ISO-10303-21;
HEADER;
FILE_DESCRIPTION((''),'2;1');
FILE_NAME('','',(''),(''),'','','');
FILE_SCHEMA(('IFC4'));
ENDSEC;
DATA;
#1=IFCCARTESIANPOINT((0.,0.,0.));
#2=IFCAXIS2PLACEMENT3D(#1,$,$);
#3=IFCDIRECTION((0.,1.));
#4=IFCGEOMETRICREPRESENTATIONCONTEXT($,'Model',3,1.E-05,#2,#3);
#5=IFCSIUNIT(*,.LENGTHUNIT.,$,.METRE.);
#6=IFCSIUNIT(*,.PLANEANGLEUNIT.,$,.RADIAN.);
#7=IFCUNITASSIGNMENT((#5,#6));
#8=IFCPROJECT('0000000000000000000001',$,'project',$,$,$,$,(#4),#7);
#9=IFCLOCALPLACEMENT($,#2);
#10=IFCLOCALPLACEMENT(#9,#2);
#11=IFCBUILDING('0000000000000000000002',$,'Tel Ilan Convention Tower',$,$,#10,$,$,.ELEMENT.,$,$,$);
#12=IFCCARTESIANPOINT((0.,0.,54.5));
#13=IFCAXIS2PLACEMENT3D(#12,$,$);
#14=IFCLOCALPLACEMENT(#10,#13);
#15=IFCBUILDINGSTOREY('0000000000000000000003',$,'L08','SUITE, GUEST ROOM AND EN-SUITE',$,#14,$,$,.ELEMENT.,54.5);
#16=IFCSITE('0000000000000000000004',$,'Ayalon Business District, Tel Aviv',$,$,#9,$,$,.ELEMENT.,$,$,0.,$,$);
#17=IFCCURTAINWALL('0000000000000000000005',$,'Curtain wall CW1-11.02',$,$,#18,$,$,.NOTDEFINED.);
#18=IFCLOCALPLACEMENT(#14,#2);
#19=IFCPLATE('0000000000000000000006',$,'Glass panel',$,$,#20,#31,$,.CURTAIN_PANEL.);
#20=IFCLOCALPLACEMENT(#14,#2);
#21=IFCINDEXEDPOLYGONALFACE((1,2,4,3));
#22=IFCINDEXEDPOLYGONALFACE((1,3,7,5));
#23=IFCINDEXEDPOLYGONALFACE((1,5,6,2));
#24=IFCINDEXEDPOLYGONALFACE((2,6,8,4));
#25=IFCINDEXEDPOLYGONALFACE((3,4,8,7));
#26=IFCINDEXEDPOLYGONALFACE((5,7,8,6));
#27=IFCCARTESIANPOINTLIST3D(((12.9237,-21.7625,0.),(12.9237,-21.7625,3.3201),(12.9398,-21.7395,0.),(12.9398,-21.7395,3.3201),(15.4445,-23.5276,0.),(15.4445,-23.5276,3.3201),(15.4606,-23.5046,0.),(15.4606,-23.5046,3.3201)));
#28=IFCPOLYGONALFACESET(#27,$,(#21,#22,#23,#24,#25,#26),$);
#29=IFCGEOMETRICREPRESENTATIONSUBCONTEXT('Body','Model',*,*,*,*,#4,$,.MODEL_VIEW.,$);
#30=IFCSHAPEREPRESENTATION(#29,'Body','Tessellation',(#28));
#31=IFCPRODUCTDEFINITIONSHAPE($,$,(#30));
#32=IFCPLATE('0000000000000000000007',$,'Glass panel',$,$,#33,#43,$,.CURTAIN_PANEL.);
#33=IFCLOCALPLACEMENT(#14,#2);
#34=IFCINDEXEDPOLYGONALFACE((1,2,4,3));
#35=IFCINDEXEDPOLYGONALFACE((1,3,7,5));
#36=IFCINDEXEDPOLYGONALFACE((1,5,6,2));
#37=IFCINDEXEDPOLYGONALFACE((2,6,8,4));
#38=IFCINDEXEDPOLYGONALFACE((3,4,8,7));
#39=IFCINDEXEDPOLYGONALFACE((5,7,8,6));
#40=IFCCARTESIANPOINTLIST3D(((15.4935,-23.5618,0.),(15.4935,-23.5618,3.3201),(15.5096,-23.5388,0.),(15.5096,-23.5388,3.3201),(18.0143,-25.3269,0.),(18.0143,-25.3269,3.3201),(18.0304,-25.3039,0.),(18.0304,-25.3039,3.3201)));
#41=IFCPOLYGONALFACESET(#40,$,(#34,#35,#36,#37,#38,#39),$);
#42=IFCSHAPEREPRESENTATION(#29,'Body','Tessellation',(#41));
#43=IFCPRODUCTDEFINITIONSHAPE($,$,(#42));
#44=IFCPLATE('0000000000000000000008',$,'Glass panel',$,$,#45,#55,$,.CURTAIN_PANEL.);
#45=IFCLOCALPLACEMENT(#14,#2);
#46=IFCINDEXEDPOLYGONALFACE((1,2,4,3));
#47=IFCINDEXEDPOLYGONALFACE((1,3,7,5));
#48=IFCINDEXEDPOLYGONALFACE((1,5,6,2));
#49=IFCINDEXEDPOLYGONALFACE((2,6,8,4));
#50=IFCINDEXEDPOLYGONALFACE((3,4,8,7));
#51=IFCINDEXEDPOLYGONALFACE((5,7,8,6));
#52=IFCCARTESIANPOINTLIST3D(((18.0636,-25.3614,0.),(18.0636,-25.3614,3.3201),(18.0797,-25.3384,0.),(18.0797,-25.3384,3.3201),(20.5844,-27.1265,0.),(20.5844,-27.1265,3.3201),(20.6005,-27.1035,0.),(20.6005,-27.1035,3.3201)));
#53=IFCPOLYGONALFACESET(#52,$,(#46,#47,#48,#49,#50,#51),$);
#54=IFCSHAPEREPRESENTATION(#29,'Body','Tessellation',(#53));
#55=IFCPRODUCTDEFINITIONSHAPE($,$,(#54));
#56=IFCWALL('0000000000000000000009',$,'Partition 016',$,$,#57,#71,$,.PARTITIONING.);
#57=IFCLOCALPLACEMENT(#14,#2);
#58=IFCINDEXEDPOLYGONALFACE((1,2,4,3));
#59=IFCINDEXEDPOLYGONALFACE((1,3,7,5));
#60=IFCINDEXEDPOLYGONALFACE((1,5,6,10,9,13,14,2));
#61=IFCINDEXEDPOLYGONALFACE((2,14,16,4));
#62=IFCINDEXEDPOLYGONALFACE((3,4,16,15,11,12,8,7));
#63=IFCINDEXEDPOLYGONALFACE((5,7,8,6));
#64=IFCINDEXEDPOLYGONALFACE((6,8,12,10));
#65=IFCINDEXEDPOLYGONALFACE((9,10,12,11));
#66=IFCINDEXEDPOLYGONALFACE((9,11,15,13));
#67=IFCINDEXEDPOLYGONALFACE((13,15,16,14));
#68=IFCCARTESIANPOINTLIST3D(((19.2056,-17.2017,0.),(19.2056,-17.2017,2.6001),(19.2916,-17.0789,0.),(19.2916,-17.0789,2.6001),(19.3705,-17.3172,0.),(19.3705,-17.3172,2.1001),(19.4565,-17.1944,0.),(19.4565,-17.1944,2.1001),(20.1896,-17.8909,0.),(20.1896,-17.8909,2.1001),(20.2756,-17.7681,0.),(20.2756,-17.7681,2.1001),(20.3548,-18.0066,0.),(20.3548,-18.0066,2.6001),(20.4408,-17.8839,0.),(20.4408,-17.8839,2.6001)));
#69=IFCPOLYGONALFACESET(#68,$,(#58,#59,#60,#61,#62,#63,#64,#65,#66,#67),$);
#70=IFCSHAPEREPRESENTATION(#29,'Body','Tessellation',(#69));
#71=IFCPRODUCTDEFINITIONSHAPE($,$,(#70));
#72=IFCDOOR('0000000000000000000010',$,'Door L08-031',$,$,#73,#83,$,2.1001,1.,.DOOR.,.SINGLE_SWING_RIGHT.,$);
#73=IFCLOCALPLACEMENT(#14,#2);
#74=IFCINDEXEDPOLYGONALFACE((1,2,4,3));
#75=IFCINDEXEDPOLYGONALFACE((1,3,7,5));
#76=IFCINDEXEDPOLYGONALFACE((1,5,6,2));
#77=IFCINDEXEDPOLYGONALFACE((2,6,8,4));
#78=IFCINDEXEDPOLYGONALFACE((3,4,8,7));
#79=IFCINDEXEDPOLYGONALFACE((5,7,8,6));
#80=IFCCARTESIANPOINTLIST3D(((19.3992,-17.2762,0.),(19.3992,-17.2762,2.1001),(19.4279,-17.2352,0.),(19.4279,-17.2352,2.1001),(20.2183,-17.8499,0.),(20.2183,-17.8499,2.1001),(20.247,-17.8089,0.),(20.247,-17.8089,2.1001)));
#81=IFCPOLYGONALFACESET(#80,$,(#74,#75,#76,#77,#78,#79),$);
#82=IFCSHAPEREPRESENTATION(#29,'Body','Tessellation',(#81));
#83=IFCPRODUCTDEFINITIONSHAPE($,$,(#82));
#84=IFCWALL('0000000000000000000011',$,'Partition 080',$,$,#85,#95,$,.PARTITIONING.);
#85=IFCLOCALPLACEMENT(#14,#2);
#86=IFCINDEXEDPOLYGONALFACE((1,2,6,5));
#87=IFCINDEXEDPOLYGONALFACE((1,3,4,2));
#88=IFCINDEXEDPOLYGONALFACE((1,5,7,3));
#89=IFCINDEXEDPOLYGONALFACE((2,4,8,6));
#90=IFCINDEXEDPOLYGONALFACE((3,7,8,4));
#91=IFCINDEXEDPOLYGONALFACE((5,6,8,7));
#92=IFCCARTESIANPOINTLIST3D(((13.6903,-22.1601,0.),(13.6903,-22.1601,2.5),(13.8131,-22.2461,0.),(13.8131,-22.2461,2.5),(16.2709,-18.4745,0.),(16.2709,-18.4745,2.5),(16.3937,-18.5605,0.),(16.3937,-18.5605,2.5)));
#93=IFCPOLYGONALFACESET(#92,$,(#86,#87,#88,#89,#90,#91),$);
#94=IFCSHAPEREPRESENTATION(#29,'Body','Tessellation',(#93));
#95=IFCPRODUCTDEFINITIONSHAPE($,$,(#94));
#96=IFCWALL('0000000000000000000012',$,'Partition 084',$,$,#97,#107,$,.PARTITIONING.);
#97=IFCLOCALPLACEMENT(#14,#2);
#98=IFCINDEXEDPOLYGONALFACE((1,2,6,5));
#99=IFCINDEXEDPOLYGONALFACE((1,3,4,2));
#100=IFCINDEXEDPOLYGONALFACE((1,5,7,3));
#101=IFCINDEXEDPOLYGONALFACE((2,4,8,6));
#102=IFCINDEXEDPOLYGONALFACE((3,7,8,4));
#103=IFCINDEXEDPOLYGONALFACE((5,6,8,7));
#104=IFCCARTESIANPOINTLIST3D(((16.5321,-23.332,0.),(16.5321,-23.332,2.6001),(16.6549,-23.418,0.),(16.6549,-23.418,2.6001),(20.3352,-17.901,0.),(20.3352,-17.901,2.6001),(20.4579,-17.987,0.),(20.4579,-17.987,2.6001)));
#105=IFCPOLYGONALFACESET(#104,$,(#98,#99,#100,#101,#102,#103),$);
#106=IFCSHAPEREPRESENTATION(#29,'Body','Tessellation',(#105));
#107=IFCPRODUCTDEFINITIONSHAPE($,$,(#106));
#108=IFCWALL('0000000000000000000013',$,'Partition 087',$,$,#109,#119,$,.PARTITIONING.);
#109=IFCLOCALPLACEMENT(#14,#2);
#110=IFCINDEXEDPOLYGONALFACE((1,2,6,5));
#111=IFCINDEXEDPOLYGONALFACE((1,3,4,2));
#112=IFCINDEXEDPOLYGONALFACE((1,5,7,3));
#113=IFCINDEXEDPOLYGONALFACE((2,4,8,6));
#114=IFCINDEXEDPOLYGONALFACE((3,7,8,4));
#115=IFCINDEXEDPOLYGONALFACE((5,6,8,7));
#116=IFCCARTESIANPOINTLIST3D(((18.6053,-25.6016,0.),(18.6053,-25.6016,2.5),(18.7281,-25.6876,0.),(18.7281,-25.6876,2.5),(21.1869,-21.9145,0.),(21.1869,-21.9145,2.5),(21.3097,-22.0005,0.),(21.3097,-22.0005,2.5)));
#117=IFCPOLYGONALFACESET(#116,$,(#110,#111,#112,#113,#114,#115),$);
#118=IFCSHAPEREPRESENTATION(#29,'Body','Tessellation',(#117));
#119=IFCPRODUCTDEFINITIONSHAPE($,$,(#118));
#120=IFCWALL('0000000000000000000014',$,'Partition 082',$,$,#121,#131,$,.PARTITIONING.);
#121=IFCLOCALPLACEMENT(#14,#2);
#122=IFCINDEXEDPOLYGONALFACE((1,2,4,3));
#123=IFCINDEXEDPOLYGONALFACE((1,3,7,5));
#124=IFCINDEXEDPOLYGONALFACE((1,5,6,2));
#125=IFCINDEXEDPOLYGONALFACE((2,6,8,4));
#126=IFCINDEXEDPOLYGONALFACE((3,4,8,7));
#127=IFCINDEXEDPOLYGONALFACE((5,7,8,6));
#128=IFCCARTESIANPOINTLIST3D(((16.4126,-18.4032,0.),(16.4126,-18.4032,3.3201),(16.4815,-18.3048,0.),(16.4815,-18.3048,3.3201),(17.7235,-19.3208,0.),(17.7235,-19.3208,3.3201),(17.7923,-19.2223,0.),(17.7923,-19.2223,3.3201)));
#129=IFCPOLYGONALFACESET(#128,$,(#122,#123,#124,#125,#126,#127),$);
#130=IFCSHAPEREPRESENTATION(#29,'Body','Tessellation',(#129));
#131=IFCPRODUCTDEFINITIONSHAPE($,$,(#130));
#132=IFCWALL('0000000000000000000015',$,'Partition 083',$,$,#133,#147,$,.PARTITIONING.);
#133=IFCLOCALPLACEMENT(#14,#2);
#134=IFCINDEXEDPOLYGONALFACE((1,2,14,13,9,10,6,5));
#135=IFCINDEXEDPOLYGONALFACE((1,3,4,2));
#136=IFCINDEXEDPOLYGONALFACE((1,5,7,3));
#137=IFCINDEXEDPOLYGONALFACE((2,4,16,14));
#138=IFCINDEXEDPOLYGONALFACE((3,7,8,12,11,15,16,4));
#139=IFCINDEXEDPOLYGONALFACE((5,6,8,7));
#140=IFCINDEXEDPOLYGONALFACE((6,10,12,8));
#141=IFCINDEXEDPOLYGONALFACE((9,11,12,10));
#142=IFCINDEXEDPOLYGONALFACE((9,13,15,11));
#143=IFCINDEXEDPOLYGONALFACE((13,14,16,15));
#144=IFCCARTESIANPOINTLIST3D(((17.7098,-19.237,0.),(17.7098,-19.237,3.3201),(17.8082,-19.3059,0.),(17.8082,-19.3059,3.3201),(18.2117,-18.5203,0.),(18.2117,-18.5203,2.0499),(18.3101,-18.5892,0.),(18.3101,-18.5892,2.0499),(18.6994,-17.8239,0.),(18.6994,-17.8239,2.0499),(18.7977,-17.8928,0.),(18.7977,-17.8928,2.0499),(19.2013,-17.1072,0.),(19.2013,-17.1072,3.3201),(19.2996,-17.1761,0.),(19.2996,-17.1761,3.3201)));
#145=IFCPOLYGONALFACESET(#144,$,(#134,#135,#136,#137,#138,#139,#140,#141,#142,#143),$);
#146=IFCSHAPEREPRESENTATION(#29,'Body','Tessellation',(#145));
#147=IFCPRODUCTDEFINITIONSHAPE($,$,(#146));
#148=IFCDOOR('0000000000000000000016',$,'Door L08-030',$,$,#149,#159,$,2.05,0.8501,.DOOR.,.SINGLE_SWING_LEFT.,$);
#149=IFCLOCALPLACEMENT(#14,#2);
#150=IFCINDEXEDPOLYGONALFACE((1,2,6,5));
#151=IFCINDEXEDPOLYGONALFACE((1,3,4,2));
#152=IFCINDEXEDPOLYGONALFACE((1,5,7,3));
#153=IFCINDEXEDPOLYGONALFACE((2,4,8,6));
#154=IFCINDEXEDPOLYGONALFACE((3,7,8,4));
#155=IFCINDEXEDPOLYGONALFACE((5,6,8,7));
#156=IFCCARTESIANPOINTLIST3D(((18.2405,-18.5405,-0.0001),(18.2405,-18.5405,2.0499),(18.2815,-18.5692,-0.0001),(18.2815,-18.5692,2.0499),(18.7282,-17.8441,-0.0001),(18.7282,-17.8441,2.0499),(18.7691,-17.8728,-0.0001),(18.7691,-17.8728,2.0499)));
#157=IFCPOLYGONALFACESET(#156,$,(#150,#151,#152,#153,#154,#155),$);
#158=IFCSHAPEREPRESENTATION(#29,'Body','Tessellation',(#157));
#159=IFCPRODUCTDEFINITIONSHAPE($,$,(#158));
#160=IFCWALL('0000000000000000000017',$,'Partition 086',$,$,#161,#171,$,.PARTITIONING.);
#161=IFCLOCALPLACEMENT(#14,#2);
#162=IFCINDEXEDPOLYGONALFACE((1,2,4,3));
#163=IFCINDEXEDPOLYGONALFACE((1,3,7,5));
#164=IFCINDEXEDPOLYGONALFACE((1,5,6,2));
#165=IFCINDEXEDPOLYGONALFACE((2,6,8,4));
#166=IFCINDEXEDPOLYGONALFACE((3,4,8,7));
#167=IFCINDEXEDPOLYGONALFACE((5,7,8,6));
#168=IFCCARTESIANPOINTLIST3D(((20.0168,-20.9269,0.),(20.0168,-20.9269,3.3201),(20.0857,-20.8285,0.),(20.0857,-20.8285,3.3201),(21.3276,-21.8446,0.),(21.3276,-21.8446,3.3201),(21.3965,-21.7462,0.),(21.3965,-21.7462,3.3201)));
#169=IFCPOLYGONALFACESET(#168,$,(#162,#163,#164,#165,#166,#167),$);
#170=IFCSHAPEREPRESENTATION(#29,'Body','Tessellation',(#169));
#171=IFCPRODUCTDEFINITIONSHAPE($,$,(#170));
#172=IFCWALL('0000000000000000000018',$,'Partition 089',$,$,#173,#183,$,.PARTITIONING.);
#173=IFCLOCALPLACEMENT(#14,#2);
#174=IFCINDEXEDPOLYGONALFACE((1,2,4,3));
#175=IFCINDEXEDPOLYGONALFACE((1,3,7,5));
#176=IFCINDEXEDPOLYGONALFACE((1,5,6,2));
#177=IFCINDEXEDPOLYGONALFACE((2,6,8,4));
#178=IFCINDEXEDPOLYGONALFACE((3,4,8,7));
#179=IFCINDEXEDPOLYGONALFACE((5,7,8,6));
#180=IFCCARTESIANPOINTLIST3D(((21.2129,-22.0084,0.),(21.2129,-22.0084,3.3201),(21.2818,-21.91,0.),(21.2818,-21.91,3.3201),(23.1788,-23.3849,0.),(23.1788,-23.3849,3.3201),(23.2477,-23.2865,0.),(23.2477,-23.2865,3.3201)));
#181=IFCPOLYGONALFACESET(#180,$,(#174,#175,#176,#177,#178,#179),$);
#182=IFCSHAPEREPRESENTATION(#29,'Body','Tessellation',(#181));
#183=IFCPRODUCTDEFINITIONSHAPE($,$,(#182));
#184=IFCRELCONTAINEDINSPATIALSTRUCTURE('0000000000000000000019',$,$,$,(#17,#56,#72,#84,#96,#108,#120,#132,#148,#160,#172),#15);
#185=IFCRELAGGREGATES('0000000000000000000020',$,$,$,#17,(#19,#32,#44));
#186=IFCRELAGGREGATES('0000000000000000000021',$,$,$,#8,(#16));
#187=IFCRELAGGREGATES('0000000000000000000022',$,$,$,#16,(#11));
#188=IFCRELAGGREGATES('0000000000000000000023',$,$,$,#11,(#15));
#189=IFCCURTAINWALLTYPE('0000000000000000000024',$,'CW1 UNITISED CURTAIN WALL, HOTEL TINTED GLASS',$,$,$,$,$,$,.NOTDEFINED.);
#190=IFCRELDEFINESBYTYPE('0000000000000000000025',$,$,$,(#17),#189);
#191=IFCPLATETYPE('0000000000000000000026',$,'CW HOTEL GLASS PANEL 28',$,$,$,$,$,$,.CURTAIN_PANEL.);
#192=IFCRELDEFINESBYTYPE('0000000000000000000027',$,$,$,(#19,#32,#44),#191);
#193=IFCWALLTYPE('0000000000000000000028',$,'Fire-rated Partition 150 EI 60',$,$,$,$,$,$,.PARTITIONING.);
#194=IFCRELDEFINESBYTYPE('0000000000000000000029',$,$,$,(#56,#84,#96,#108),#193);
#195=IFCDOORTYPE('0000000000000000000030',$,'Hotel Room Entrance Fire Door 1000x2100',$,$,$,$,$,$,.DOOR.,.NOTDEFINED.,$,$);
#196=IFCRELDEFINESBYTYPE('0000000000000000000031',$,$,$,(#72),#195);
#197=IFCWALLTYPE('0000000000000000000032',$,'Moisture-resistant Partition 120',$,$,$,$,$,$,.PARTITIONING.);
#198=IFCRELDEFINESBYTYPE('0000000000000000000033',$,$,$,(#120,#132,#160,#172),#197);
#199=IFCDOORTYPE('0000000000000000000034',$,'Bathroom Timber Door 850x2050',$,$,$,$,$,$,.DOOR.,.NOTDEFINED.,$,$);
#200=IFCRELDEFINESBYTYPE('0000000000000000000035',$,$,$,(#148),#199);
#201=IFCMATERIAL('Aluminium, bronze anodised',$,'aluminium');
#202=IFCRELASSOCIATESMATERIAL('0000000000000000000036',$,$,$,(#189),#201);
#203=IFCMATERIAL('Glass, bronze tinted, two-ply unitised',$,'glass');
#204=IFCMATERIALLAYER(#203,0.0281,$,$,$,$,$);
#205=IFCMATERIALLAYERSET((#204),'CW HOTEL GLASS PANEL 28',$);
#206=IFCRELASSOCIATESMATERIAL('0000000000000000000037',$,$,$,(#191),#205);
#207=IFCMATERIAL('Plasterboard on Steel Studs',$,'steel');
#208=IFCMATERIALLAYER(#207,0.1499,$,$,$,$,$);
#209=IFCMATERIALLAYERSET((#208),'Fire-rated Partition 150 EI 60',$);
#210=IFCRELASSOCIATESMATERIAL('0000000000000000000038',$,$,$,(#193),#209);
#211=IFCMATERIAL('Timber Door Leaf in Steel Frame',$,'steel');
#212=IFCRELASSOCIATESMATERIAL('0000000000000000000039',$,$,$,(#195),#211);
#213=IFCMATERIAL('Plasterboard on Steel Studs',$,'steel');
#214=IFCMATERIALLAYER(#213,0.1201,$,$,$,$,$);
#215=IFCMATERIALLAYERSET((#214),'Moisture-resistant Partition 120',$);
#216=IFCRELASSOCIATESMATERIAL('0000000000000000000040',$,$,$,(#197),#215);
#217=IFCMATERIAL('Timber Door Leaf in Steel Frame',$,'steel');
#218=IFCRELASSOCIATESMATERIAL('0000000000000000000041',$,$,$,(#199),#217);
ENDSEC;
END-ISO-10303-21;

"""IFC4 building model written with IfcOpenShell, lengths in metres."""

from ifc_helpers import new_model, si_unit, direction, frame, frame_2d, origin, origin_2d, place, context, subcontext, project, spatial, rectangle, extrude, material, layer, layer_set, type_object, element, fill, aggregate, save


model = new_model("IFC4")

# Units and contexts
model_context = context("Model", 3, precision=1e-05, world=origin(), true_north=direction((0.0, 1.0)))
body_context = subcontext(model_context, "Body", "Model", "MODEL_VIEW")
ifc_project = project(units=[si_unit("LENGTHUNIT", "METRE"), si_unit("PLANEANGLEUNIT", "RADIAN")], contexts=[model_context])

# Site, building, storey
site_placement = place(None, origin())
site = spatial("IfcSite", under=ifc_project, at=site_placement, Name="Ayalon Business District, Tel Aviv", CompositionType="ELEMENT", RefElevation=0.0)
building_placement = place(site_placement, origin())
building = spatial("IfcBuilding", under=site, at=building_placement, Name="Tel Ilan Convention Tower", CompositionType="ELEMENT")
storey_placement = place(building_placement, frame((0.0, 0.0, 54.5)))
storey = spatial("IfcBuildingStorey", under=building, at=storey_placement, Name="L08", Description="SUITE, GUEST ROOM AND EN-SUITE", CompositionType="ELEMENT", Elevation=54.5)

# Curtain wall, plates
ifc_material_1 = material(Name="Aluminium, bronze anodised", Category="aluminium")
curtain_wall_type = type_object("IfcCurtainWallType", Name="CW1 UNITISED CURTAIN WALL, HOTEL TINTED GLASS", PredefinedType="NOTDEFINED", material=ifc_material_1)
curtain_wall_placement = place(storey_placement, origin())
curtain_wall = element("IfcCurtainWall", 1, at=curtain_wall_placement, inside=storey, type_object=curtain_wall_type, Name="Curtain wall CW1-11.02", PredefinedType="NOTDEFINED")
ifc_material_2 = material(Name="Glass, bronze tinted, two-ply unitised", Category="glass")
ifc_layer_1 = layer(ifc_material_2, 0.0281)
ifc_layer_set_1 = layer_set([ifc_layer_1], Name="CW HOTEL GLASS PANEL 28")
plate_type = type_object("IfcPlateType", Name="CW HOTEL GLASS PANEL 28", PredefinedType="CURTAIN_PANEL", material=ifc_layer_set_1)
plate_1_placement = place(storey_placement, frame((14.1921, -22.6335, 0.0), z_axis=(0.0, 0.0, 1.0), x_axis=(0.819152, -0.573576, 0.0)))
plate_1 = element("IfcPlate", 2, at=plate_1_placement, type_object=plate_type, Name="Glass panel", PredefinedType="CURTAIN_PANEL", context=body_context, shape_type="SweptSolid", body=[
    extrude(rectangle(XDim=3.0774, YDim=0.0281, at=origin_2d()), origin(), (0.0, 0.0, 1.0), 3.3201),
])
plate_2_placement = place(storey_placement, frame((16.762, -24.4329, 0.0), z_axis=(0.0, 0.0, 1.0), x_axis=(0.819152, -0.573576, 0.0)))
plate_2 = element("IfcPlate", 3, at=plate_2_placement, type_object=plate_type, Name="Glass panel", PredefinedType="CURTAIN_PANEL", context=body_context, shape_type="SweptSolid", body=[
    extrude(rectangle(XDim=3.0774, YDim=0.0281, at=origin_2d()), origin(), (0.0, 0.0, 1.0), 3.3201),
])
plate_3_placement = place(storey_placement, frame((19.332, -26.2324, 0.0), z_axis=(0.0, 0.0, 1.0), x_axis=(0.819152, -0.573576, 0.0)))
plate_3 = element("IfcPlate", 4, at=plate_3_placement, type_object=plate_type, Name="Glass panel", PredefinedType="CURTAIN_PANEL", context=body_context, shape_type="SweptSolid", body=[
    extrude(rectangle(XDim=3.0774, YDim=0.0281, at=origin_2d()), origin(), (0.0, 0.0, 1.0), 3.3201),
])
aggregate(curtain_wall, [plate_1, plate_2, plate_3])

# Wall, opening, door
ifc_material_3 = material(Name="Plasterboard on Steel Studs", Category="steel")
ifc_layer_2 = layer(ifc_material_3, 0.1499)
ifc_layer_set_2 = layer_set([ifc_layer_2], Name="Fire-rated Partition 150 EI 60")
wall_type_1 = type_object("IfcWallType", Name="Fire-rated Partition 150 EI 60", PredefinedType="PARTITIONING", material=ifc_layer_set_2)
wall_1_placement = place(storey_placement, frame((20.3979, -17.9453, 0.0), z_axis=(0.0, 0.0, 1.0), x_axis=(-0.81906, 0.573708, 0.0)))
wall_1 = element("IfcWall", 5, at=wall_1_placement, inside=storey, type_object=wall_type_1, Name="Partition 016", PredefinedType="PARTITIONING", context=body_context, shape_type="SweptSolid", body=[
    extrude(rectangle(XDim=1.4031, YDim=0.1499, at=frame_2d((0.7017, 0.0))), origin(), (0.0, 0.0, 1.0), 2.6001),
])
opening_1_placement = place(wall_1_placement, frame((0.2019, 0.0, 0.0)))
opening_1 = element("IfcOpeningElement", 6, at=opening_1_placement, cuts=wall_1, PredefinedType="OPENING", context=body_context, shape_type="SweptSolid", body=[
    extrude(rectangle(XDim=1.0, YDim=2.1001, at=frame_2d((0.5, 1.05))), frame((0.0, 0.085, 0.0), z_axis=(0.0, -1.0, 0.0), x_axis=(1.0, 0.0, 0.0)), (0.0, 0.0, 1.0), 0.1699),
])
ifc_material_4 = material(Name="Timber Door Leaf in Steel Frame", Category="steel")
door_type_1 = type_object("IfcDoorType", Name="Hotel Room Entrance Fire Door 1000x2100", OperationType="NOTDEFINED", PredefinedType="DOOR", material=ifc_material_4)
door_1_placement = place(opening_1_placement, origin())
door_1 = element("IfcDoor", 7, at=door_1_placement, inside=storey, type_object=door_type_1, Name="Door L08-031", OperationType="SINGLE_SWING_RIGHT", OverallHeight=2.1001, OverallWidth=1.0, PredefinedType="DOOR", context=body_context, shape_type="SweptSolid", body=[
    extrude(rectangle(XDim=1.0, YDim=2.1001, at=frame_2d((0.5, 1.05))), frame((0.0, 0.0249, 0.0), z_axis=(0.0, -1.0, 0.0), x_axis=(1.0, 0.0, 0.0)), (0.0, 0.0, 1.0), 0.05),
])
fill(opening_1, door_1)

# Walls
wall_2_placement = place(storey_placement, frame((16.3323, -18.5176, 0.0), z_axis=(0.0, 0.0, 1.0), x_axis=(-0.573564, -0.819161, 0.0)))
element("IfcWall", 8, at=wall_2_placement, inside=storey, type_object=wall_type_1, Name="Partition 080", PredefinedType="PARTITIONING", context=body_context, shape_type="SweptSolid", body=[
    extrude(rectangle(XDim=4.4993, YDim=0.1499, at=frame_2d((2.2495, 0.0))), origin(), (0.0, 0.0, 1.0), 2.5),
])
wall_3_placement = place(storey_placement, frame((20.3965, -17.9441, 0.0), z_axis=(0.0, 0.0, 1.0), x_axis=(-0.573598, -0.819137, 0.0)))
element("IfcWall", 9, at=wall_3_placement, inside=storey, type_object=wall_type_1, Name="Partition 084", PredefinedType="PARTITIONING", context=body_context, shape_type="SweptSolid", body=[
    extrude(rectangle(XDim=6.6301, YDim=0.1499, at=frame_2d((3.3149, 0.0))), origin(), (0.0, 0.0, 1.0), 2.6001),
])
wall_4_placement = place(storey_placement, frame((21.2483, -21.9575, 0.0), z_axis=(0.0, 0.0, 1.0), x_axis=(-0.573557, -0.819166, 0.0)))
element("IfcWall", 10, at=wall_4_placement, inside=storey, type_object=wall_type_1, Name="Partition 087", PredefinedType="PARTITIONING", context=body_context, shape_type="SweptSolid", body=[
    extrude(rectangle(XDim=4.501, YDim=0.1499, at=frame_2d((2.2505, 0.0))), origin(), (0.0, 0.0, 1.0), 2.5),
])
ifc_material_5 = material(Name="Plasterboard on Steel Studs", Category="steel")
ifc_layer_3 = layer(ifc_material_5, 0.1201)
ifc_layer_set_3 = layer_set([ifc_layer_3], Name="Moisture-resistant Partition 120")
wall_type_2 = type_object("IfcWallType", Name="Moisture-resistant Partition 120", PredefinedType="PARTITIONING", material=ifc_layer_set_3)
wall_5_placement = place(storey_placement, frame((16.447, -18.354, 0.0), z_axis=(0.0, 0.0, 1.0), x_axis=(0.819253, -0.573432, 0.0)))
element("IfcWall", 11, at=wall_5_placement, inside=storey, type_object=wall_type_2, Name="Partition 082", PredefinedType="PARTITIONING", context=body_context, shape_type="SweptSolid", body=[
    extrude(rectangle(XDim=1.6001, YDim=0.1201, at=frame_2d((0.8, 0.0))), origin(), (0.0, 0.0, 1.0), 3.3201),
])

# Wall, opening, door
wall_6_placement = place(storey_placement, frame((17.759, -19.2715, 0.0), z_axis=(0.0, 0.0, 1.0), x_axis=(0.573601, 0.819135, 0.0)))
wall_6 = element("IfcWall", 12, at=wall_6_placement, inside=storey, type_object=wall_type_2, Name="Partition 083", PredefinedType="PARTITIONING", context=body_context, shape_type="SweptSolid", body=[
    extrude(rectangle(XDim=2.6001, YDim=0.1201, at=frame_2d((1.3, 0.0))), origin(), (0.0, 0.0, 1.0), 3.3201),
])
opening_2_placement = place(wall_6_placement, frame((0.875, 0.0, 0.0)))
opening_2 = element("IfcOpeningElement", 13, at=opening_2_placement, cuts=wall_6, PredefinedType="OPENING", context=body_context, shape_type="SweptSolid", body=[
    extrude(rectangle(XDim=0.8501, YDim=2.05, at=frame_2d((0.425, 1.0249))), frame((0.0, 0.0701, 0.0), z_axis=(0.0, -1.0, 0.0), x_axis=(1.0, 0.0, 0.0)), (0.0, 0.0, 1.0), 0.1401),
])
ifc_material_6 = material(Name="Timber Door Leaf in Steel Frame", Category="steel")
door_type_2 = type_object("IfcDoorType", Name="Bathroom Timber Door 850x2050", OperationType="NOTDEFINED", PredefinedType="DOOR", material=ifc_material_6)
door_2_placement = place(opening_2_placement, origin())
door_2 = element("IfcDoor", 14, at=door_2_placement, inside=storey, type_object=door_type_2, Name="Door L08-030", OperationType="SINGLE_SWING_LEFT", OverallHeight=2.05, OverallWidth=0.8501, PredefinedType="DOOR", context=body_context, shape_type="SweptSolid", body=[
    extrude(rectangle(XDim=0.8501, YDim=2.05, at=frame_2d((0.425, 1.0249))), frame((0.0, 0.0249, 0.0), z_axis=(0.0, -1.0, 0.0), x_axis=(1.0, 0.0, 0.0)), (0.0, 0.0, 1.0), 0.05),
])
fill(opening_2, door_2)

# Walls
wall_7_placement = place(storey_placement, frame((20.0513, -20.8777, 0.0), z_axis=(0.0, 0.0, 1.0), x_axis=(0.819182, -0.573534, 0.0)))
element("IfcWall", 15, at=wall_7_placement, inside=storey, type_object=wall_type_2, Name="Partition 086", PredefinedType="PARTITIONING", context=body_context, shape_type="SweptSolid", body=[
    extrude(rectangle(XDim=1.6001, YDim=0.1201, at=frame_2d((0.8, 0.0))), origin(), (0.0, 0.0, 1.0), 3.3201),
])
wall_8_placement = place(storey_placement, frame((21.2473, -21.9592, 0.0), z_axis=(0.0, 0.0, 1.0), x_axis=(0.819155, -0.573572, 0.0)))
element("IfcWall", 16, at=wall_8_placement, inside=storey, type_object=wall_type_2, Name="Partition 089", PredefinedType="PARTITIONING", context=body_context, shape_type="SweptSolid", body=[
    extrude(rectangle(XDim=2.3999, YDim=0.1201, at=frame_2d((1.2, 0.0))), origin(), (0.0, 0.0, 1.0), 3.3201),
])

save(model, "model.ifc")
